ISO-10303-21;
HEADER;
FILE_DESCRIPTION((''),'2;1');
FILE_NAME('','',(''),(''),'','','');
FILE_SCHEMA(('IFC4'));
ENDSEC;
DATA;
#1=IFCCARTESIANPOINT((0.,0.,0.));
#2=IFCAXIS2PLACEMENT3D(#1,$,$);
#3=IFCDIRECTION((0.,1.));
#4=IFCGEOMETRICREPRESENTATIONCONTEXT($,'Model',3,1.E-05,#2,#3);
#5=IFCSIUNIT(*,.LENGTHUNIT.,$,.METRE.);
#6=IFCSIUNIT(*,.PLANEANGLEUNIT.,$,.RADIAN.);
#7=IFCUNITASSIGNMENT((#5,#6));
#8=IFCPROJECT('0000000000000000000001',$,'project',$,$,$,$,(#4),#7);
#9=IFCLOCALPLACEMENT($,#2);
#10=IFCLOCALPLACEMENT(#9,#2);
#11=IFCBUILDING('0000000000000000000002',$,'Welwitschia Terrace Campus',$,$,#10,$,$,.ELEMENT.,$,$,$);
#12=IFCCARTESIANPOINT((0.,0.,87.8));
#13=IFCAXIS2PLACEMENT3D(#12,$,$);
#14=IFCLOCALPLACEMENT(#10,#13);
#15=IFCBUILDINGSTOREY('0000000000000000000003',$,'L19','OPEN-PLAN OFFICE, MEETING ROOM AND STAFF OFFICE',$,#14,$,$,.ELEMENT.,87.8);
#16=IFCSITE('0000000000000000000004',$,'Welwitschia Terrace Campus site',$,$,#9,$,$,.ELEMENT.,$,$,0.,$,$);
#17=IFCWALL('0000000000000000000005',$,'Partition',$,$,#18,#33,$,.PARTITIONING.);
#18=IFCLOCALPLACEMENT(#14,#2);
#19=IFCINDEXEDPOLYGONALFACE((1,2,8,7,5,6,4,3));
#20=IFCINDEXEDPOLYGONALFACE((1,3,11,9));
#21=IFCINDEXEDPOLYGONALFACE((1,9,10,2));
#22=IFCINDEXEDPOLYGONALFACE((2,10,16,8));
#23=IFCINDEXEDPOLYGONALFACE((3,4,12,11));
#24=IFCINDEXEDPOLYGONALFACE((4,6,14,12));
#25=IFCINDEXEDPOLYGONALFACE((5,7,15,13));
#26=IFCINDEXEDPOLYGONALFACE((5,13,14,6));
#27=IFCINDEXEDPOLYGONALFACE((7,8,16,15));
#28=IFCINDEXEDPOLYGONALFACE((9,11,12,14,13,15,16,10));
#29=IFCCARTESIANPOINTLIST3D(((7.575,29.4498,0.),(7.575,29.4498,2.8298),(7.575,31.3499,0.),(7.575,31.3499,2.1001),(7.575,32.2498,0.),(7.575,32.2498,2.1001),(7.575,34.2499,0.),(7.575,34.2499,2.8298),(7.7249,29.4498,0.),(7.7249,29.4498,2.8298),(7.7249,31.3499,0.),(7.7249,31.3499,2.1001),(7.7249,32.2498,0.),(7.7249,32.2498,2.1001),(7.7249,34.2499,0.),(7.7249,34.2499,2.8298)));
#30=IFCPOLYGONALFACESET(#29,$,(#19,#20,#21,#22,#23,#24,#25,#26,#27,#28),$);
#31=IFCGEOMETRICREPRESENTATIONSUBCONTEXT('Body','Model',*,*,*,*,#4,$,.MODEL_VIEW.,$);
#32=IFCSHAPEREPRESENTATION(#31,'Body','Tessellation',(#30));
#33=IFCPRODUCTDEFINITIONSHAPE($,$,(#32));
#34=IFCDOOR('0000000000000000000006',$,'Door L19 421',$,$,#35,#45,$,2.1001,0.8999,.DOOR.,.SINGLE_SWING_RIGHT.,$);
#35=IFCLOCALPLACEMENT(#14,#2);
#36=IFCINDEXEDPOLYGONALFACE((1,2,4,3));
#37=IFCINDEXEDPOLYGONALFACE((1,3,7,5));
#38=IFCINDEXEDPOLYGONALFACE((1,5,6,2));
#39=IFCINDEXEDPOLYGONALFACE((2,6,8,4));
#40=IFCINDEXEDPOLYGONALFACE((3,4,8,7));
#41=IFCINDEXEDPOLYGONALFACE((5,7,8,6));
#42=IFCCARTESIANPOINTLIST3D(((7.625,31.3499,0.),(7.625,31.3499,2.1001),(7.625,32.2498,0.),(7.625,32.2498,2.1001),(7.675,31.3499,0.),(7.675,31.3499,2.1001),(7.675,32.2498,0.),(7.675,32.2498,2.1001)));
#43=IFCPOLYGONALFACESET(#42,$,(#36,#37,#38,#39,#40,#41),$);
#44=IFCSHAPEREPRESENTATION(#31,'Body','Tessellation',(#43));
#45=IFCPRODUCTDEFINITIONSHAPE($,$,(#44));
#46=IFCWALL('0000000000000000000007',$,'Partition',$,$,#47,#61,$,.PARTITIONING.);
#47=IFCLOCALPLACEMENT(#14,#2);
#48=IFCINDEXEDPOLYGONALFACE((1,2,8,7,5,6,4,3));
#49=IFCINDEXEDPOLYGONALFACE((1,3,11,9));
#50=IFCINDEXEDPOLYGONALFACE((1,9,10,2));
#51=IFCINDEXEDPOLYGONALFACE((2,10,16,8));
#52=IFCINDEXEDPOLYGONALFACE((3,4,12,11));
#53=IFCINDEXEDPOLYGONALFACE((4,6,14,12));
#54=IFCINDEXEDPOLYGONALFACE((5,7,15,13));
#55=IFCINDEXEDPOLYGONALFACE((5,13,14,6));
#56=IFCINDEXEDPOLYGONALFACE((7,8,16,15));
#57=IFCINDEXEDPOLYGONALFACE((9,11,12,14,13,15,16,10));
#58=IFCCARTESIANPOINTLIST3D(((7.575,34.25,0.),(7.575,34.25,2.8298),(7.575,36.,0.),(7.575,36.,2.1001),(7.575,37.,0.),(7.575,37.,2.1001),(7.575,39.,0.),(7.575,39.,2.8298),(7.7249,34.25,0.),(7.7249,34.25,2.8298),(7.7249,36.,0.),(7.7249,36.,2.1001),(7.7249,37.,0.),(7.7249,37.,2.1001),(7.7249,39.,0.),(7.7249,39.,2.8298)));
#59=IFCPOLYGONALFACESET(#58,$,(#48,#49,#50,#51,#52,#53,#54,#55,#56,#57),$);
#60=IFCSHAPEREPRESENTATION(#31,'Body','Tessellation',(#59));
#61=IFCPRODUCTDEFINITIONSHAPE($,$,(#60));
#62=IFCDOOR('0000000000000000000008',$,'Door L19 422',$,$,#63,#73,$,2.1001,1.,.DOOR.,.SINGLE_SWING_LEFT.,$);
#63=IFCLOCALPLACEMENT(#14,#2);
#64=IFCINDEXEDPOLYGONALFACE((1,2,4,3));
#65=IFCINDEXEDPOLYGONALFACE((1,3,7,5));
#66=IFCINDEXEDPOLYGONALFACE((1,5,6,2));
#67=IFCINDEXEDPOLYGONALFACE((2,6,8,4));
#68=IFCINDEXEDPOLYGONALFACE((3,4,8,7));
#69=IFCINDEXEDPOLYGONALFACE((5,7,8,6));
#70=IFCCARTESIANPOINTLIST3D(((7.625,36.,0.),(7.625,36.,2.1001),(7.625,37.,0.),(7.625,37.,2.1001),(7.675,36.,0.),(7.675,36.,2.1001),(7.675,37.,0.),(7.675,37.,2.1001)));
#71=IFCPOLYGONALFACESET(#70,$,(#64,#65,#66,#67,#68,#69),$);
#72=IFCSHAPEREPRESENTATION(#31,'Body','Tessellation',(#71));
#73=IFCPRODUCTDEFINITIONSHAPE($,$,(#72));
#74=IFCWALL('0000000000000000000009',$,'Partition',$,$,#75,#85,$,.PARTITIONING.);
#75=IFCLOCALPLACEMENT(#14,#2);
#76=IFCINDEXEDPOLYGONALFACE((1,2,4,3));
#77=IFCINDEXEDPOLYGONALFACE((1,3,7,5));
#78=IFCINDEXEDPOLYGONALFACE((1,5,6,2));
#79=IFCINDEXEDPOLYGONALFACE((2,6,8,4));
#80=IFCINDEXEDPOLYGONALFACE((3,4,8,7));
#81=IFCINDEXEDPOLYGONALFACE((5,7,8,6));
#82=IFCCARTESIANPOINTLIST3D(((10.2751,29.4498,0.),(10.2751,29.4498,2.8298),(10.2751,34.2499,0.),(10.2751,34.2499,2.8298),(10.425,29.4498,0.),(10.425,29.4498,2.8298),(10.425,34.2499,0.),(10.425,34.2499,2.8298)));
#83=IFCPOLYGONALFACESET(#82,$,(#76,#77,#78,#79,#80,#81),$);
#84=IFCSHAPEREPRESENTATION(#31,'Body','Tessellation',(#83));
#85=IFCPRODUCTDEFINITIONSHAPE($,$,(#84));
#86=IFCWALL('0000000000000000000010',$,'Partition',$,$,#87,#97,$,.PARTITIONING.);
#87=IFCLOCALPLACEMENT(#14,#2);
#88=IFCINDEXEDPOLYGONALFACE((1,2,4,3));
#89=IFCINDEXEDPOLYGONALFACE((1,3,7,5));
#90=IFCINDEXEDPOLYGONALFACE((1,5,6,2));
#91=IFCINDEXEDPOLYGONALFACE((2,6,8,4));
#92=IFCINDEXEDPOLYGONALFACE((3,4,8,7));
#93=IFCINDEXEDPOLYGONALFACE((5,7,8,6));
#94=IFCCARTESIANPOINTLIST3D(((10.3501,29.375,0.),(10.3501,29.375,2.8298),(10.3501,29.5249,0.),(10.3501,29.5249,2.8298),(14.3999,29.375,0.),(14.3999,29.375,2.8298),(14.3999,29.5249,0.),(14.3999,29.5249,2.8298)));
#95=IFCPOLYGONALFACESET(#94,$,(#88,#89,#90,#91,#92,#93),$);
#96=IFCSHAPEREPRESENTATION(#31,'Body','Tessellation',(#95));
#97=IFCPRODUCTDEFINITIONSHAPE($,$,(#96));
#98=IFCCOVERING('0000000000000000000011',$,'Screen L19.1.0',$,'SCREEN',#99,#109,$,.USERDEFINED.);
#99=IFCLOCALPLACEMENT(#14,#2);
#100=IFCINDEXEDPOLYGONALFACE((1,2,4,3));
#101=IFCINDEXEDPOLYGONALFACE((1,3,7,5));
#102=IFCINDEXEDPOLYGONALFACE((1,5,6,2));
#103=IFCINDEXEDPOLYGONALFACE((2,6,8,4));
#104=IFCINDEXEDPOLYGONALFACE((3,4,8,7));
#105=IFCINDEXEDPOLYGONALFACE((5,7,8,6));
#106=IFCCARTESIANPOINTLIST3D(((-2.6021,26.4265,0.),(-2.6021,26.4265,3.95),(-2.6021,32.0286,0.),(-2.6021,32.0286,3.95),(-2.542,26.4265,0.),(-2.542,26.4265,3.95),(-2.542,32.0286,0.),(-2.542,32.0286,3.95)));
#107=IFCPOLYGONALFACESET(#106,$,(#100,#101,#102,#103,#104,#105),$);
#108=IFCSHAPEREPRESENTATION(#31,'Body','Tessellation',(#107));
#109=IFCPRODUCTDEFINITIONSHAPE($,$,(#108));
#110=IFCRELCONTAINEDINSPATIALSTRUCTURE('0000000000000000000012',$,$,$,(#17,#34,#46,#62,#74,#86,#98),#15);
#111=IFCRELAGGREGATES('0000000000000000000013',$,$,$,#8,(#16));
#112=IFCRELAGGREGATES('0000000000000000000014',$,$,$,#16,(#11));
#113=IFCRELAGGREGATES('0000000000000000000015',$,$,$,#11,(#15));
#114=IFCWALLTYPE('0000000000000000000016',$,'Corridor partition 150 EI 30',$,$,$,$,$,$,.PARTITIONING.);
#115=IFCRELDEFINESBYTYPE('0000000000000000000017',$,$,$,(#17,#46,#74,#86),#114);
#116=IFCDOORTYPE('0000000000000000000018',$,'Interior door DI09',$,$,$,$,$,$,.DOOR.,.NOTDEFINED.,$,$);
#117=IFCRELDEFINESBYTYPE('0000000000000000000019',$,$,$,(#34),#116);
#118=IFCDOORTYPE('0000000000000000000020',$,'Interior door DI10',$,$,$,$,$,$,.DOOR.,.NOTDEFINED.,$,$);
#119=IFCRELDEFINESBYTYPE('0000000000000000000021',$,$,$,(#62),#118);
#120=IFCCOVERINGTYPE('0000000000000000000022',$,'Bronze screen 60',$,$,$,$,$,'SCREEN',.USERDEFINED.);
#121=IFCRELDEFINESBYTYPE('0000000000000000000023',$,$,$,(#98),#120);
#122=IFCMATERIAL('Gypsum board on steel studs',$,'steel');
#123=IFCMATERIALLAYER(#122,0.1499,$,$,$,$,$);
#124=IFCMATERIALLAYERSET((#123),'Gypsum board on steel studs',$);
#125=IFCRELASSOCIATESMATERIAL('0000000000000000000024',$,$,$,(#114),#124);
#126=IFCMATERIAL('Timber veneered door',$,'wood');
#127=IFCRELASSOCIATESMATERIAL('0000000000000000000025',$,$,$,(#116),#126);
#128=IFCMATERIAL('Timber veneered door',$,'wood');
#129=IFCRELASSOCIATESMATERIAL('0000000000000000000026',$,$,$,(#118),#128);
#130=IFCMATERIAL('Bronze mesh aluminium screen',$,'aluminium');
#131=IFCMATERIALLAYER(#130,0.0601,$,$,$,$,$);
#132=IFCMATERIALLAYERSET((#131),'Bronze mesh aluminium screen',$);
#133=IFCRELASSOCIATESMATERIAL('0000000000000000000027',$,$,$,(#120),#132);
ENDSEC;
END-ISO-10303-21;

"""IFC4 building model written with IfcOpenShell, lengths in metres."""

from ifc_helpers import new_model, si_unit, direction, frame, frame_2d, origin, origin_2d, place, context, subcontext, project, spatial, rectangle, extrude, material, layer, layer_set, type_object, element, fill, save


model = new_model("IFC4")

# Units and contexts
model_context = context("Model", 3, precision=1e-05, world=origin(), true_north=direction((0.0, 1.0)))
body_context = subcontext(model_context, "Body", "Model", "MODEL_VIEW")
ifc_project = project(units=[si_unit("LENGTHUNIT", "METRE"), si_unit("PLANEANGLEUNIT", "RADIAN")], contexts=[model_context])

# Site, building, storey
site_placement = place(None, origin())
site = spatial("IfcSite", under=ifc_project, at=site_placement, Name="Welwitschia Terrace Campus site", CompositionType="ELEMENT", RefElevation=0.0)
building_placement = place(site_placement, origin())
building = spatial("IfcBuilding", under=site, at=building_placement, Name="Welwitschia Terrace Campus", CompositionType="ELEMENT")
storey_placement = place(building_placement, frame((0.0, 0.0, 87.8)))
storey = spatial("IfcBuildingStorey", under=building, at=storey_placement, Name="L19", Description="OPEN-PLAN OFFICE, MEETING ROOM AND STAFF OFFICE", CompositionType="ELEMENT", Elevation=87.8)

# Shared definitions
ifc_material_1 = material(Name="Gypsum board on steel studs", Category="steel")
ifc_layer_1 = layer(ifc_material_1, 0.1499)
ifc_layer_set_1 = layer_set([ifc_layer_1], Name="Gypsum board on steel studs")
wall_type = type_object("IfcWallType", Name="Corridor partition 150 EI 30", PredefinedType="PARTITIONING", material=ifc_layer_set_1)

# Walls, openings, doors
wall_1_placement = place(storey_placement, frame((7.6499, 29.45, 0.0), z_axis=(0.0, 0.0, 1.0), x_axis=(0.0, 1.0, 0.0)))
wall_1 = element("IfcWall", 1, at=wall_1_placement, inside=storey, type_object=wall_type, Name="Partition", PredefinedType="PARTITIONING", context=body_context, shape_type="SweptSolid", body=[
    extrude(rectangle(XDim=4.8, YDim=0.1499, at=frame_2d((2.3999, 0.0))), origin(), (0.0, 0.0, 1.0), 2.8298),
])
opening_1_placement = place(wall_1_placement, frame((1.8999, 0.0, 0.0)))
opening_1 = element("IfcOpeningElement", 2, at=opening_1_placement, cuts=wall_1, PredefinedType="OPENING", context=body_context, shape_type="SweptSolid", body=[
    extrude(rectangle(XDim=0.8999, YDim=2.1001, at=frame_2d((0.45, 1.05))), frame((0.0, 0.085, 0.0), z_axis=(0.0, -1.0, 0.0), x_axis=(1.0, 0.0, 0.0)), (0.0, 0.0, 1.0), 0.1699),
])
ifc_material_2 = material(Name="Timber veneered door", Category="wood")
door_type_1 = type_object("IfcDoorType", Name="Interior door DI09", OperationType="NOTDEFINED", PredefinedType="DOOR", material=ifc_material_2)
door_1_placement = place(opening_1_placement, origin())
door_1 = element("IfcDoor", 3, at=door_1_placement, inside=storey, type_object=door_type_1, Name="Door L19 421", OperationType="SINGLE_SWING_RIGHT", OverallHeight=2.1001, OverallWidth=0.8999, PredefinedType="DOOR", context=body_context, shape_type="SweptSolid", body=[
    extrude(rectangle(XDim=0.8999, YDim=2.1001, at=frame_2d((0.45, 1.05))), frame((0.0, 0.0249, 0.0), z_axis=(0.0, -1.0, 0.0), x_axis=(1.0, 0.0, 0.0)), (0.0, 0.0, 1.0), 0.05),
])
fill(opening_1, door_1)
wall_2_placement = place(storey_placement, frame((7.6499, 34.25, 0.0), z_axis=(0.0, 0.0, 1.0), x_axis=(0.0, 1.0, 0.0)))
wall_2 = element("IfcWall", 4, at=wall_2_placement, inside=storey, type_object=wall_type, Name="Partition", PredefinedType="PARTITIONING", context=body_context, shape_type="SweptSolid", body=[
    extrude(rectangle(XDim=4.75, YDim=0.1499, at=frame_2d((2.375, 0.0))), origin(), (0.0, 0.0, 1.0), 2.8298),
])
opening_2_placement = place(wall_2_placement, frame((1.75, 0.0, 0.0)))
opening_2 = element("IfcOpeningElement", 5, at=opening_2_placement, cuts=wall_2, PredefinedType="OPENING", context=body_context, shape_type="SweptSolid", body=[
    extrude(rectangle(XDim=1.0, YDim=2.1001, at=frame_2d((0.5, 1.05))), frame((0.0, 0.085, 0.0), z_axis=(0.0, -1.0, 0.0), x_axis=(1.0, 0.0, 0.0)), (0.0, 0.0, 1.0), 0.1699),
])
ifc_material_3 = material(Name="Timber veneered door", Category="wood")
door_type_2 = type_object("IfcDoorType", Name="Interior door DI10", OperationType="NOTDEFINED", PredefinedType="DOOR", material=ifc_material_3)
door_2_placement = place(opening_2_placement, origin())
door_2 = element("IfcDoor", 6, at=door_2_placement, inside=storey, type_object=door_type_2, Name="Door L19 422", OperationType="SINGLE_SWING_LEFT", OverallHeight=2.1001, OverallWidth=1.0, PredefinedType="DOOR", context=body_context, shape_type="SweptSolid", body=[
    extrude(rectangle(XDim=1.0, YDim=2.1001, at=frame_2d((0.5, 1.05))), frame((0.0, 0.0249, 0.0), z_axis=(0.0, -1.0, 0.0), x_axis=(1.0, 0.0, 0.0)), (0.0, 0.0, 1.0), 0.05),
])
fill(opening_2, door_2)

# Walls
wall_3_placement = place(storey_placement, frame((10.3501, 29.45, 0.0), z_axis=(0.0, 0.0, 1.0), x_axis=(0.0, 1.0, 0.0)))
element("IfcWall", 7, at=wall_3_placement, inside=storey, type_object=wall_type, Name="Partition", PredefinedType="PARTITIONING", context=body_context, shape_type="SweptSolid", body=[
    extrude(rectangle(XDim=4.8, YDim=0.1499, at=frame_2d((2.3999, 0.0))), origin(), (0.0, 0.0, 1.0), 2.8298),
])
wall_4_placement = place(storey_placement, frame((10.3501, 29.45, 0.0), z_axis=(0.0, 0.0, 1.0), x_axis=(1.0, 0.0, 0.0)))
element("IfcWall", 8, at=wall_4_placement, inside=storey, type_object=wall_type, Name="Partition", PredefinedType="PARTITIONING", context=body_context, shape_type="SweptSolid", body=[
    extrude(rectangle(XDim=4.0498, YDim=0.1499, at=frame_2d((2.0249, 0.0))), origin(), (0.0, 0.0, 1.0), 2.8298),
])

# Covering
ifc_material_4 = material(Name="Bronze mesh aluminium screen", Category="aluminium")
ifc_layer_2 = layer(ifc_material_4, 0.0601)
ifc_layer_set_2 = layer_set([ifc_layer_2], Name="Bronze mesh aluminium screen")
covering_type = type_object("IfcCoveringType", Name="Bronze screen 60", ElementType="SCREEN", PredefinedType="USERDEFINED", material=ifc_layer_set_2)
covering_placement = place(storey_placement, frame((-2.572, 29.2275, 0.0), z_axis=(0.0, 0.0, 1.0), x_axis=(0.0, -1.0, 0.0)))
element("IfcCovering", 9, at=covering_placement, inside=storey, type_object=covering_type, Name="Screen L19.1.0", ObjectType="SCREEN", PredefinedType="USERDEFINED", context=body_context, shape_type="SweptSolid", body=[
    extrude(rectangle(XDim=5.6021, YDim=0.0601, at=origin_2d()), origin(), (0.0, 0.0, 1.0), 3.95),
])

save(model, "model.ifc")
